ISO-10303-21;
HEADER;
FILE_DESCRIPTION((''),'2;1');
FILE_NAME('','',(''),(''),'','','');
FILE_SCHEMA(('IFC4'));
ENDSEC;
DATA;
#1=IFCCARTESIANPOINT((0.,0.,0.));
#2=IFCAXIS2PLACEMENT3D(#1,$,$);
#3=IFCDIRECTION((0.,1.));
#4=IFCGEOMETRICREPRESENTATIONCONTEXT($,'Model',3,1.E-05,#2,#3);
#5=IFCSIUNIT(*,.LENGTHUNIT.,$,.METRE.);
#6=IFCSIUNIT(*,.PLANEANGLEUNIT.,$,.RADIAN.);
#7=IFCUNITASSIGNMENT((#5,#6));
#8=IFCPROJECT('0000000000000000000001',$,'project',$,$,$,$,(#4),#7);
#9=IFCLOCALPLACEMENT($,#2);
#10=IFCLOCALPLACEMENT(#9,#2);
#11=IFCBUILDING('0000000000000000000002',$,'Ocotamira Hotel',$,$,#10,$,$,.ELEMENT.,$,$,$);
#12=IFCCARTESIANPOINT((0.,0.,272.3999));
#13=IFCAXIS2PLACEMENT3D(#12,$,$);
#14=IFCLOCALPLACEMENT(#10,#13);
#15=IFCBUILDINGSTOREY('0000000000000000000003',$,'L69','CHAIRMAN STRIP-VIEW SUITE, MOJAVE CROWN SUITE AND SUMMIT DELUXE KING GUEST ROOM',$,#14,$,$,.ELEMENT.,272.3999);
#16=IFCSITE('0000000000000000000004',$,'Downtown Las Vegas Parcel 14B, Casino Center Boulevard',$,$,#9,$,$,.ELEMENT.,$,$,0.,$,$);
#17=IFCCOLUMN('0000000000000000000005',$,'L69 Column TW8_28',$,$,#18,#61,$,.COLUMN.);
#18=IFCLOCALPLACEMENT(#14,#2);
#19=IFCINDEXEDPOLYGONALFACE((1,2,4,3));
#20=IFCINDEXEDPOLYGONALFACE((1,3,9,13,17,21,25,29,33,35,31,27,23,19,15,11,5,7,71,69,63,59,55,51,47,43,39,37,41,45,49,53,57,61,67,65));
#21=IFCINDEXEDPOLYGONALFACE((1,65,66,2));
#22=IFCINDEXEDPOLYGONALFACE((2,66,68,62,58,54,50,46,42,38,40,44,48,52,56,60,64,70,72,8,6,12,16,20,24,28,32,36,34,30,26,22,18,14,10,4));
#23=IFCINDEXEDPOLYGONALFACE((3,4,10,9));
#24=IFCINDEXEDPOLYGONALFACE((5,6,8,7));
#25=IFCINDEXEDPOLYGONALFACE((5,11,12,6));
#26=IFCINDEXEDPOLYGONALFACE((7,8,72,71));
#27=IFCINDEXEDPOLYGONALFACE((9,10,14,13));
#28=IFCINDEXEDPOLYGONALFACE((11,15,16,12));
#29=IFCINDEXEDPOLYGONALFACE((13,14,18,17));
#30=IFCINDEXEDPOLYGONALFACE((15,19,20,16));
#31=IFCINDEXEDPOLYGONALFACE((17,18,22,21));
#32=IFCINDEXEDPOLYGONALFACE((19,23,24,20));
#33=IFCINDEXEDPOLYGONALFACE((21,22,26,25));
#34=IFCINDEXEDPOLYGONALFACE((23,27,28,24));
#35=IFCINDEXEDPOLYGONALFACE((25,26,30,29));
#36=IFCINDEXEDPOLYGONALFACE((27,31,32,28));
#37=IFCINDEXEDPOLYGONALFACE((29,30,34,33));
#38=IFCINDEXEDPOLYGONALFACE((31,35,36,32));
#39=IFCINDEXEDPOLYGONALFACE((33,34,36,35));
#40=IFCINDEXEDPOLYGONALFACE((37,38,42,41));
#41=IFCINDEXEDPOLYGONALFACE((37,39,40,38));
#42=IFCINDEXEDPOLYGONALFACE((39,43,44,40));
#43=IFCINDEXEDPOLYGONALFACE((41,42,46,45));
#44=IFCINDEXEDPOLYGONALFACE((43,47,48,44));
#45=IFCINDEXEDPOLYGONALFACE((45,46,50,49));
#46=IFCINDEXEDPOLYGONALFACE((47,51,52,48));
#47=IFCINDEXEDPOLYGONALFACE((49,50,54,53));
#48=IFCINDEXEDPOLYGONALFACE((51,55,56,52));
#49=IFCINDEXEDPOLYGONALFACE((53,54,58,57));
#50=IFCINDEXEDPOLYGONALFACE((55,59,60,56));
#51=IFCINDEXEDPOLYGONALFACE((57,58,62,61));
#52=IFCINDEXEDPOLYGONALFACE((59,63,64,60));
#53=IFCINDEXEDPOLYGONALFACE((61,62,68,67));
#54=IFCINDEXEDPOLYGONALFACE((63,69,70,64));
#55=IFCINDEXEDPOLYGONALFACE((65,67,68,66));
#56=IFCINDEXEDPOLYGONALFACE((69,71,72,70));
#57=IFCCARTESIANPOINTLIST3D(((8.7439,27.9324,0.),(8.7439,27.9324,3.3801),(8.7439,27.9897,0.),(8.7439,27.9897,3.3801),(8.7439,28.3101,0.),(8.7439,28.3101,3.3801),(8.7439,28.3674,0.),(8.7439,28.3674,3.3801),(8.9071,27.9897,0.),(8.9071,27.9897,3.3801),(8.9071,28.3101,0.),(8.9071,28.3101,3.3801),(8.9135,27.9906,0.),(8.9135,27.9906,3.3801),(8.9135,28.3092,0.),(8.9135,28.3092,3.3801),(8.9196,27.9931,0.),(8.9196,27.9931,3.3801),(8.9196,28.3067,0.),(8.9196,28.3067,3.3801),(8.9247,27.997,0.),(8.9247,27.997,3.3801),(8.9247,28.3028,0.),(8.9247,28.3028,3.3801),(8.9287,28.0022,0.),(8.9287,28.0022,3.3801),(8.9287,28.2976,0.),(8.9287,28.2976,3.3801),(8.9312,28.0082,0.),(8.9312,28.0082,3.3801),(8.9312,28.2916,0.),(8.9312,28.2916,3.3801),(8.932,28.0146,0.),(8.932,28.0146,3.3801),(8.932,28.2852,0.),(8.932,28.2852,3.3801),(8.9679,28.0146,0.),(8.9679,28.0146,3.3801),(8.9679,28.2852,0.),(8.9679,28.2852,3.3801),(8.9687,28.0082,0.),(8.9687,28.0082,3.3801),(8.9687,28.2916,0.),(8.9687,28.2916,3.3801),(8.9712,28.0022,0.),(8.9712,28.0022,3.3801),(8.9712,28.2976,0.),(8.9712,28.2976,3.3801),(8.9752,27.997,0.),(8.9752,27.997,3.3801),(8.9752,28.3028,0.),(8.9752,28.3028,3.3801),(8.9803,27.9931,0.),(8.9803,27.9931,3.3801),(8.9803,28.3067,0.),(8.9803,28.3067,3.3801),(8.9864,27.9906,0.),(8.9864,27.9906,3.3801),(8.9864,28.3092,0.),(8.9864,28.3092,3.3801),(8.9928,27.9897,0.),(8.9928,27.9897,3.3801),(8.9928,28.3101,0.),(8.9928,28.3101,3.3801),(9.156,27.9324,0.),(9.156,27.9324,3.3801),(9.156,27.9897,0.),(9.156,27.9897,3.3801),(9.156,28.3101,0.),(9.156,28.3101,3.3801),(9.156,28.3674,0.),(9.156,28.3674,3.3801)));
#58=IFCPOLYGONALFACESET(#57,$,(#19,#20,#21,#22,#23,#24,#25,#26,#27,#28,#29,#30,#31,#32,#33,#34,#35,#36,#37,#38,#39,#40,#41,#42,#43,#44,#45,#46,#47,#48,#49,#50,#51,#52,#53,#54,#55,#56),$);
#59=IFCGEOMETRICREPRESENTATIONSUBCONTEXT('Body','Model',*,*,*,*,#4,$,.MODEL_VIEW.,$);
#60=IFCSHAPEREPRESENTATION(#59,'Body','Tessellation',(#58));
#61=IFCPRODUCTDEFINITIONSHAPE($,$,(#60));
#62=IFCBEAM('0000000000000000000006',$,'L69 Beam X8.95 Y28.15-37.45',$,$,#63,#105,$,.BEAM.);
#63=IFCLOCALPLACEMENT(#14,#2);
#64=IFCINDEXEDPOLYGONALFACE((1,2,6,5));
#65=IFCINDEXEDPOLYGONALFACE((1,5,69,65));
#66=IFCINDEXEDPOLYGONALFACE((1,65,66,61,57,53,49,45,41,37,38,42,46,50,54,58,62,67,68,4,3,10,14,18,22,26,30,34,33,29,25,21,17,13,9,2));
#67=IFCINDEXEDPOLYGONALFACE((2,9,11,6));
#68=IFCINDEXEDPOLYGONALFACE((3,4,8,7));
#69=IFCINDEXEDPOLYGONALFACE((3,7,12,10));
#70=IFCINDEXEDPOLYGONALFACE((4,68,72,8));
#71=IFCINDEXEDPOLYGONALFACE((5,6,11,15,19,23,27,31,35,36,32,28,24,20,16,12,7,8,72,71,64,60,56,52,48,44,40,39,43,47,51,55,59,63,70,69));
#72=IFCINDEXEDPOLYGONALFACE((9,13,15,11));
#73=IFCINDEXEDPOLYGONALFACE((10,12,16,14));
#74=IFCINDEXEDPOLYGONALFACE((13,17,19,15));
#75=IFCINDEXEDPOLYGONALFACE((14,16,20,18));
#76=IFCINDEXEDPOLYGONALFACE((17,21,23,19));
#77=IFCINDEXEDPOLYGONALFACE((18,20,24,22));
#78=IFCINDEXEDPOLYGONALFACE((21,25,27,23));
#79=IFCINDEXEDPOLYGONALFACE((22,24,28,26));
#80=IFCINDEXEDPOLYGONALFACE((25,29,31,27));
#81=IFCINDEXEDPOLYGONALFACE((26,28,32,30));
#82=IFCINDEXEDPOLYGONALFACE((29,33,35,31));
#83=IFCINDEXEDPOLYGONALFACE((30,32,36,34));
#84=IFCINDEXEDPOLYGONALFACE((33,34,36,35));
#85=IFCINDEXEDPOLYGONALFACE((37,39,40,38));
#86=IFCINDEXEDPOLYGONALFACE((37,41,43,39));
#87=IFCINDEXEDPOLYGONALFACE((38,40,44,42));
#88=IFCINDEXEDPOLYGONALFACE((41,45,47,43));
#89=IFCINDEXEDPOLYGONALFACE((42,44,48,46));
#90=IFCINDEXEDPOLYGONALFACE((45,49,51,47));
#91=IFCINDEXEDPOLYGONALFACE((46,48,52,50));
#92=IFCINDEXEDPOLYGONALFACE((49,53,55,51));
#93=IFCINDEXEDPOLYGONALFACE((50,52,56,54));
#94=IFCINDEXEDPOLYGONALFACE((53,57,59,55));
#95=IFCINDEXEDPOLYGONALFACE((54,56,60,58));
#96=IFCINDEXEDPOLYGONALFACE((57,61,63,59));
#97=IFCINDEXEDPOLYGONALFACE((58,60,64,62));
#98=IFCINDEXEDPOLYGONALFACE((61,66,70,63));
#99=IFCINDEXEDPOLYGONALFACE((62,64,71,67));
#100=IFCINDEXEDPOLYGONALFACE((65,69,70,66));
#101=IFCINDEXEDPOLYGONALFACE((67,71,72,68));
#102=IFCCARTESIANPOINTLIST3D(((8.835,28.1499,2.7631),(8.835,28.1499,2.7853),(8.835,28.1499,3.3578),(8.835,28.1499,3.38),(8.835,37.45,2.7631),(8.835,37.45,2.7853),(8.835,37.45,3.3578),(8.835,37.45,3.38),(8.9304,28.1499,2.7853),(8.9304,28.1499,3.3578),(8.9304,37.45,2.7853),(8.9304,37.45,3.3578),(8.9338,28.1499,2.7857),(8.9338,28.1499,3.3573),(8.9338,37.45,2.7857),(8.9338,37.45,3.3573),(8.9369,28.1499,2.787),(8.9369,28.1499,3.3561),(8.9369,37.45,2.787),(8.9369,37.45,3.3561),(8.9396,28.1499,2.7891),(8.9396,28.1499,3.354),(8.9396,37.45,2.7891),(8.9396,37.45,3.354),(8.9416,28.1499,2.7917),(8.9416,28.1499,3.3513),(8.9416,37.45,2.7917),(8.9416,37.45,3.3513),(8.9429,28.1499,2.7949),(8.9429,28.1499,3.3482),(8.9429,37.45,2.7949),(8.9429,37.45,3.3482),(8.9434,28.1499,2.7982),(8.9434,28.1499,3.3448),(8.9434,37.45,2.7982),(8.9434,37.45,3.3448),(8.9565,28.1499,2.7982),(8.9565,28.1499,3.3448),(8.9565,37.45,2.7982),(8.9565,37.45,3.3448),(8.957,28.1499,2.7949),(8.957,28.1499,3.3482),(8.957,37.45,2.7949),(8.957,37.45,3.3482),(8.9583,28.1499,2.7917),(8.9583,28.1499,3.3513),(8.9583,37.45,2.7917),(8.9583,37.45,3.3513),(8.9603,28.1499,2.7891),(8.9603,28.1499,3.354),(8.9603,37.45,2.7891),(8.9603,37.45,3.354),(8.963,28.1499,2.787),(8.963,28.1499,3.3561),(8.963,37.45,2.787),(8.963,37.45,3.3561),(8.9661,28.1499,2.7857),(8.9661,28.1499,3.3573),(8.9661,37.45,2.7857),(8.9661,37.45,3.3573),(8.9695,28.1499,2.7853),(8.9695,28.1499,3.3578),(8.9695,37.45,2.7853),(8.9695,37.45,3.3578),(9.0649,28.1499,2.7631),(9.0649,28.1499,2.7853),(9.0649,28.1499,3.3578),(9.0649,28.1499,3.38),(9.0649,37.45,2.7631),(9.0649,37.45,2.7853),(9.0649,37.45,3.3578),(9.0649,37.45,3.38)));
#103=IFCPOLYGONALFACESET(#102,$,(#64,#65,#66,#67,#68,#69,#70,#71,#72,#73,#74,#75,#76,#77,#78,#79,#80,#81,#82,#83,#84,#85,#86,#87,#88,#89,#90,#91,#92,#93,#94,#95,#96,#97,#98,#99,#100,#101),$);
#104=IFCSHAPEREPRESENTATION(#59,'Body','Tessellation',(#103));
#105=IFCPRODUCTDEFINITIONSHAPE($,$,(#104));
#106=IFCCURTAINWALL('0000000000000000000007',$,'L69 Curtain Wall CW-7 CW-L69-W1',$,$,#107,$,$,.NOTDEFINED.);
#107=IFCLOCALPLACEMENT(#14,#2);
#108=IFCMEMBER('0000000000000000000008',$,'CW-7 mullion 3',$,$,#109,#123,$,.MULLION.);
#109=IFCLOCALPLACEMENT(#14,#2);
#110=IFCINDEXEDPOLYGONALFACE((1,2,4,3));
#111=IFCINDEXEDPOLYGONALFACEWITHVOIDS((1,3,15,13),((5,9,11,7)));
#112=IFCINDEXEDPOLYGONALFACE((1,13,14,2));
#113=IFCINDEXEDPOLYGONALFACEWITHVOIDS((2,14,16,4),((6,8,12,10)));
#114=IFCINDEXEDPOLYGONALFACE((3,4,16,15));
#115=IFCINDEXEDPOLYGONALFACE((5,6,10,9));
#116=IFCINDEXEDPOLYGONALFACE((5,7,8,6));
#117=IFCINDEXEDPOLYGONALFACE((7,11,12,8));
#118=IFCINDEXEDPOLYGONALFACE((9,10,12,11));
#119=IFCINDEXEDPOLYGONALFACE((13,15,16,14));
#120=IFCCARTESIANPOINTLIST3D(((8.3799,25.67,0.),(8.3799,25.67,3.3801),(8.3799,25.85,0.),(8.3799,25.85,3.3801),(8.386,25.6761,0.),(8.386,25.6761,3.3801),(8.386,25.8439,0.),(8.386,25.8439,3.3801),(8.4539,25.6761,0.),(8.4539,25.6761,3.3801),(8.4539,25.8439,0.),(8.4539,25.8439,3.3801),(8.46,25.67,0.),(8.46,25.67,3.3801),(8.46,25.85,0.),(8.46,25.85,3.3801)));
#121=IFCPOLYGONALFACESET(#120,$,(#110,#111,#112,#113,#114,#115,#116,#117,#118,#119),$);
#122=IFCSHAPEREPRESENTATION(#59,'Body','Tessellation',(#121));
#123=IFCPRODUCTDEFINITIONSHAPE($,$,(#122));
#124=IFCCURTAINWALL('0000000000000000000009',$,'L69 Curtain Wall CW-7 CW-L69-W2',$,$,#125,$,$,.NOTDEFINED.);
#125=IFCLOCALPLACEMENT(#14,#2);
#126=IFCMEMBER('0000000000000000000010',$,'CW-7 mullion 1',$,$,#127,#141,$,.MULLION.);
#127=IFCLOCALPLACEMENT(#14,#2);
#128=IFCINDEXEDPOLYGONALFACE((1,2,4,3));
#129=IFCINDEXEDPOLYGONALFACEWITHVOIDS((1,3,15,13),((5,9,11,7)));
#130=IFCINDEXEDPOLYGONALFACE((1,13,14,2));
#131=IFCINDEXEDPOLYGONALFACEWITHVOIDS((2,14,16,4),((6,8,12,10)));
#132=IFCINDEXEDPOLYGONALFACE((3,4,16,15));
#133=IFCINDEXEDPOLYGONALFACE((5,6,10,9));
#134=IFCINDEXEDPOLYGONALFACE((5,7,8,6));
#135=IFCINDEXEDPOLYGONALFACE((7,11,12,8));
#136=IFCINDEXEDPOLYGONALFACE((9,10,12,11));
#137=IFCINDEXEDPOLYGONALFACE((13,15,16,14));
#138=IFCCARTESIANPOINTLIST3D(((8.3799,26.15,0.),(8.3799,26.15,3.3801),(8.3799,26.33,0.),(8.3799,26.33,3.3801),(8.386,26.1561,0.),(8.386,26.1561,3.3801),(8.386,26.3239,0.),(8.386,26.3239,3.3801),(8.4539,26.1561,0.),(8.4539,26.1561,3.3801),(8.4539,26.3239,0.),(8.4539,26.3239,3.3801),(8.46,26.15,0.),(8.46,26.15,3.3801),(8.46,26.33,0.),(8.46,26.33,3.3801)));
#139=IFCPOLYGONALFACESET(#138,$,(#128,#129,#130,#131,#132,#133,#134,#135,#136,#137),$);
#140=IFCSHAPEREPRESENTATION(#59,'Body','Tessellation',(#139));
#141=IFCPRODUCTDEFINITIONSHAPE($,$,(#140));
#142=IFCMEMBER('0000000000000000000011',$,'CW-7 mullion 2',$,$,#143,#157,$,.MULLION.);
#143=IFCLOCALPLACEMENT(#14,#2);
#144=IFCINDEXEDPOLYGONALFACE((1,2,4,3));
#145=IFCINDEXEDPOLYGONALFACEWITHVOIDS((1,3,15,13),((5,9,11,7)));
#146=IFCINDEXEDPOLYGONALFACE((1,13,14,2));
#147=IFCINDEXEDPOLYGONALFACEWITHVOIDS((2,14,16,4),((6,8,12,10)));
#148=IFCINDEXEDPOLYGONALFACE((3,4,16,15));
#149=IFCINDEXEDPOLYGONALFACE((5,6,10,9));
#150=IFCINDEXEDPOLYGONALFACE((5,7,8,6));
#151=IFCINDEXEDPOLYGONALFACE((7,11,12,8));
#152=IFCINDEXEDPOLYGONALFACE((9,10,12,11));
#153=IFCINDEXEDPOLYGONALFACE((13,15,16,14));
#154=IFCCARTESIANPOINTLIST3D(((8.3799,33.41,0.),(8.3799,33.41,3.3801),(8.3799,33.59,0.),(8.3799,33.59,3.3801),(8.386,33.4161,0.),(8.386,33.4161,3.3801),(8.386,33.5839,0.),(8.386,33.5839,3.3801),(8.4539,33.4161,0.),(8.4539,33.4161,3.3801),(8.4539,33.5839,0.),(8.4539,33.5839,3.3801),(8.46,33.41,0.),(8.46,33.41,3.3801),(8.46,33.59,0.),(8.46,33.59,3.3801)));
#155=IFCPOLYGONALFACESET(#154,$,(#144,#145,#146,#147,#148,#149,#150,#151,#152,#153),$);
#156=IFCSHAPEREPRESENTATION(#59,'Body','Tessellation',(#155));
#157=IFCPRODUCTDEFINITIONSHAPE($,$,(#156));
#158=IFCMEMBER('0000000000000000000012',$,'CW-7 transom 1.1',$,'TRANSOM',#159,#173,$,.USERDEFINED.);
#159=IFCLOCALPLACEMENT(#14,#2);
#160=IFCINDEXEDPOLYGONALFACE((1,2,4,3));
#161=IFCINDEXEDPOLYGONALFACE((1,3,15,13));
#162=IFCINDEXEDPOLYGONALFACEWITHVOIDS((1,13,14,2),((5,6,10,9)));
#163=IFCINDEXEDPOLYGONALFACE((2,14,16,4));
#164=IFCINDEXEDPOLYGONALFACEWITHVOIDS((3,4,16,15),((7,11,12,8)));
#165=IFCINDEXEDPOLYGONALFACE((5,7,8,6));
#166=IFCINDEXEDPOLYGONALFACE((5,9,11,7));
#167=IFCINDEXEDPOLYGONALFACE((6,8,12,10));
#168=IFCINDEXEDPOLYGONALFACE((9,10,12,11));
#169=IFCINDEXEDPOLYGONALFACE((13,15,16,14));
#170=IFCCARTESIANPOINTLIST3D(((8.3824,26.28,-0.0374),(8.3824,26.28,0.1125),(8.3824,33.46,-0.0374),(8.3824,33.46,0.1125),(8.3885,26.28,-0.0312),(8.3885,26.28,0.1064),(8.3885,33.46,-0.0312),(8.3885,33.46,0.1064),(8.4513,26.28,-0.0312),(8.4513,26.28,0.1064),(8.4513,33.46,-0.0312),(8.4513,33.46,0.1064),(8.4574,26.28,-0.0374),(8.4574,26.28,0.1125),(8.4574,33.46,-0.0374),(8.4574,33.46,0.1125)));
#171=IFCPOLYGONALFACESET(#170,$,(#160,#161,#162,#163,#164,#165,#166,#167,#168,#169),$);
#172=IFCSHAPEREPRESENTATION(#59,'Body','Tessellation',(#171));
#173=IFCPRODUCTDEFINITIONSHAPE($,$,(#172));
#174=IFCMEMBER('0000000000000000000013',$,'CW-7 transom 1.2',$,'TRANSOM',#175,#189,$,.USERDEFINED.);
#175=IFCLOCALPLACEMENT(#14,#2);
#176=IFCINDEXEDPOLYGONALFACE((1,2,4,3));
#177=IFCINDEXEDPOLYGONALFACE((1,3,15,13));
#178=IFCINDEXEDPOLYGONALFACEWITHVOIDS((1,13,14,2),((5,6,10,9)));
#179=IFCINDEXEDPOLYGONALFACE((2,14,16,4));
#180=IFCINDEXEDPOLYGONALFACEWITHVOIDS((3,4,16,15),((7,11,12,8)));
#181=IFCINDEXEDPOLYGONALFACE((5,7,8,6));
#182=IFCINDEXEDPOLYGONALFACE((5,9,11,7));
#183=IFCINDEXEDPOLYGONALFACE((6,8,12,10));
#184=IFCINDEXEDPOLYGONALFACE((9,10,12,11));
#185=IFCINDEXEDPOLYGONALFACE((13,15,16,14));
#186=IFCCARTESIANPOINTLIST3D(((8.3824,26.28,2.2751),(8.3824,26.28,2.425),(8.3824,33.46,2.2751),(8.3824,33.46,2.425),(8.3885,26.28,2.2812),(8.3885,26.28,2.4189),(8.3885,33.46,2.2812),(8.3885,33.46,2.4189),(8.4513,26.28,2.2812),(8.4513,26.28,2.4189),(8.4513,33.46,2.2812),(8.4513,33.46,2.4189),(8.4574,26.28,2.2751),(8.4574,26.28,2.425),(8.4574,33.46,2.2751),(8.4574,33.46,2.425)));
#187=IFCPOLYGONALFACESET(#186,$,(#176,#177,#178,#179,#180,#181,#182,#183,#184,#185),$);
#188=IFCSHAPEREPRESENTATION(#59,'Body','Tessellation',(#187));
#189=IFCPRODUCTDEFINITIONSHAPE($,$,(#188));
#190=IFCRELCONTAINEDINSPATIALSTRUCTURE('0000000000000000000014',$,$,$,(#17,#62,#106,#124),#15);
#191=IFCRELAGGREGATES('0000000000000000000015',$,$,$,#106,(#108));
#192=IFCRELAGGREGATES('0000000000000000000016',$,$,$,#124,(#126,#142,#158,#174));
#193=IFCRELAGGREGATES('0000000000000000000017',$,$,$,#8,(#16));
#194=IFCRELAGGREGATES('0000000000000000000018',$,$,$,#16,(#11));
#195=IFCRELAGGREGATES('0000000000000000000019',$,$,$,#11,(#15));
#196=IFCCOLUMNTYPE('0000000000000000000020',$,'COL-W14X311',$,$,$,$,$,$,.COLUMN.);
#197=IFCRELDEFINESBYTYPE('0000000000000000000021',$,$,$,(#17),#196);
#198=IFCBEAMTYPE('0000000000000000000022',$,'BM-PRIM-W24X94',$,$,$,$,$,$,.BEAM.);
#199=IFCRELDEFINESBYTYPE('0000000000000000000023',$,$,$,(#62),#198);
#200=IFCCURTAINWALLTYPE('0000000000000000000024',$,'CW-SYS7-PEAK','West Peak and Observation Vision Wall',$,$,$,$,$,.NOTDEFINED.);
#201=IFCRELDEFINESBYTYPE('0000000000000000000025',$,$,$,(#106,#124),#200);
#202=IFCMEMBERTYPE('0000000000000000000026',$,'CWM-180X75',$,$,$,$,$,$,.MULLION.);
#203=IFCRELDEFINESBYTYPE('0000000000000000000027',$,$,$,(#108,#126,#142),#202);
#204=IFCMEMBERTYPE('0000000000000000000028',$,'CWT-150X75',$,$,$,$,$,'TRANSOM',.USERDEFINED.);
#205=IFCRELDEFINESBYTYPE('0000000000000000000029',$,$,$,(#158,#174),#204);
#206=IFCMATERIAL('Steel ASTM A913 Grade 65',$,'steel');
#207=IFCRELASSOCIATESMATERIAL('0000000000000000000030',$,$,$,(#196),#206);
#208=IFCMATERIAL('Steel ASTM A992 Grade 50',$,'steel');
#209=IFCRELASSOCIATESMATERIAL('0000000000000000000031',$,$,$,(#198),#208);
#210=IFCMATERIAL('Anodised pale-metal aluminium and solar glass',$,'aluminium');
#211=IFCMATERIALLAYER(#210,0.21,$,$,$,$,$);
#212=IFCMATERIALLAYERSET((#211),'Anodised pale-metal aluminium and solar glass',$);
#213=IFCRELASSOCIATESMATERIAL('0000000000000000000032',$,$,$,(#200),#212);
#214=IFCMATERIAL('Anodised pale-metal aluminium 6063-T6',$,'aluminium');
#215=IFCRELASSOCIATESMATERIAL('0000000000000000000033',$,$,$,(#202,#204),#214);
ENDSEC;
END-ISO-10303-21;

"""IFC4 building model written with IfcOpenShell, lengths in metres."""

from ifc_helpers import new_model, si_unit, direction, frame, origin, origin_2d, place, context, subcontext, project, spatial, hollow_rectangle, i_section, extrude, source, transform, mapped, material, layer, layer_set, material_profile, profile_set, type_object, element, aggregate, save


model = new_model("IFC4")

# Units and contexts
model_context = context("Model", 3, precision=1e-05, world=origin(), true_north=direction((0.0, 1.0)))
body_context = subcontext(model_context, "Body", "Model", "MODEL_VIEW")
ifc_project = project(units=[si_unit("LENGTHUNIT", "METRE"), si_unit("PLANEANGLEUNIT", "RADIAN")], contexts=[model_context])

# Site, building, storey
site_placement = place(None, origin())
site = spatial("IfcSite", under=ifc_project, at=site_placement, Name="Downtown Las Vegas Parcel 14B, Casino Center Boulevard", CompositionType="ELEMENT", RefElevation=0.0)
building_placement = place(site_placement, origin())
building = spatial("IfcBuilding", under=site, at=building_placement, Name="Ocotamira Hotel", CompositionType="ELEMENT")
storey_placement = place(building_placement, frame((0.0, 0.0, 272.3999)))
storey = spatial("IfcBuildingStorey", under=building, at=storey_placement, Name="L69", Description="CHAIRMAN STRIP-VIEW SUITE, MOJAVE CROWN SUITE AND SUMMIT DELUXE KING GUEST ROOM", CompositionType="ELEMENT", Elevation=272.3999)

# Column
ifc_material_1 = material(Name="Steel ASTM A913 Grade 65", Category="steel")
ifc_material_profile_1 = material_profile(ifc_material_1, i_section(OverallWidth=0.4121, OverallDepth=0.4351, WebThickness=0.0359, FlangeThickness=0.0574, FilletRadius=0.0249, at=origin_2d()), Name="W14X311")
ifc_profile_set_1 = profile_set([ifc_material_profile_1], Name="Steel ASTM A913 Grade 65")
column_type = type_object("IfcColumnType", Name="COL-W14X311", PredefinedType="COLUMN", material=ifc_profile_set_1)
shared_shape_1 = source(origin(), body_context, "Body", "SweptSolid", [
    extrude(i_section(OverallWidth=0.4121, OverallDepth=0.4351, WebThickness=0.0359, FlangeThickness=0.0574, FilletRadius=0.0249, at=origin_2d()), origin(), (0.0, 0.0, 1.0), 3.3801),
])
column_placement = place(storey_placement, frame((8.95, 28.1499, 0.0), z_axis=(0.0, 0.0, 1.0), x_axis=(1.0, 0.0, 0.0)))
element("IfcColumn", 1, at=column_placement, inside=storey, type_object=column_type, Name="L69 Column TW8_28", PredefinedType="COLUMN", context=body_context, shape_type="MappedRepresentation", body=[
    mapped(shared_shape_1, transform((0.0, 0.0, 0.0), scale=1.0)),
])

# Beam
ifc_material_2 = material(Name="Steel ASTM A992 Grade 50", Category="steel")
ifc_material_profile_2 = material_profile(ifc_material_2, i_section(OverallWidth=0.23, OverallDepth=0.6169, WebThickness=0.0132, FlangeThickness=0.0222, FilletRadius=0.0129, at=origin_2d()), Name="W24X94")
ifc_profile_set_2 = profile_set([ifc_material_profile_2], Name="Steel ASTM A992 Grade 50")
beam_type = type_object("IfcBeamType", Name="BM-PRIM-W24X94", PredefinedType="BEAM", material=ifc_profile_set_2)
shared_shape_2 = source(origin(), body_context, "Body", "SweptSolid", [
    extrude(i_section(OverallWidth=0.23, OverallDepth=0.6169, WebThickness=0.0132, FlangeThickness=0.0222, FilletRadius=0.0129, at=origin_2d()), origin(), (0.0, 0.0, 1.0), 9.3),
])
beam_placement = place(storey_placement, frame((8.95, 28.1499, 3.0715), z_axis=(0.0, 1.0, 0.0), x_axis=(-1.0, 0.0, 0.0)))
element("IfcBeam", 2, at=beam_placement, inside=storey, type_object=beam_type, Name="L69 Beam X8.95 Y28.15-37.45", PredefinedType="BEAM", context=body_context, shape_type="MappedRepresentation", body=[
    mapped(shared_shape_2, transform((0.0, 0.0, 0.0), scale=1.0)),
])

# Curtain wall, member
ifc_material_3 = material(Name="Anodised pale-metal aluminium and solar glass", Category="aluminium")
ifc_layer_1 = layer(ifc_material_3, 0.21)
ifc_layer_set_1 = layer_set([ifc_layer_1], Name="Anodised pale-metal aluminium and solar glass")
curtain_wall_type = type_object("IfcCurtainWallType", Name="CW-SYS7-PEAK", Description="West Peak and Observation Vision Wall", PredefinedType="NOTDEFINED", material=ifc_layer_set_1)
curtain_wall_1_placement = place(storey_placement, origin())
curtain_wall_1 = element("IfcCurtainWall", 3, at=curtain_wall_1_placement, inside=storey, type_object=curtain_wall_type, Name="L69 Curtain Wall CW-7 CW-L69-W1", PredefinedType="NOTDEFINED")
ifc_material_4 = material(Name="Anodised pale-metal aluminium 6063-T6", Category="aluminium")
ifc_material_profile_3 = material_profile(ifc_material_4, hollow_rectangle(XDim=0.0801, YDim=0.1799, WallThickness=0.0061, at=origin_2d()), Name="HSS180X80X6")
ifc_profile_set_3 = profile_set([ifc_material_profile_3], Name="Anodised pale-metal aluminium 6063-T6")
member_type_1 = type_object("IfcMemberType", Name="CWM-180X75", PredefinedType="MULLION", material=ifc_profile_set_3)
shared_shape_3 = source(origin(), body_context, "Body", "SweptSolid", [
    extrude(hollow_rectangle(XDim=0.0801, YDim=0.1799, WallThickness=0.0061, at=origin_2d()), origin(), (0.0, 0.0, 1.0), 3.3801),
])
member_1_placement = place(storey_placement, frame((8.4199, 25.76, 0.0), z_axis=(0.0, 0.0, 1.0), x_axis=(-1.0, 0.0, 0.0)))
member_1 = element("IfcMember", 4, at=member_1_placement, type_object=member_type_1, Name="CW-7 mullion 3", PredefinedType="MULLION", context=body_context, shape_type="MappedRepresentation", body=[
    mapped(shared_shape_3, transform((0.0, 0.0, 0.0), scale=1.0)),
])
aggregate(curtain_wall_1, [member_1])

# Curtain wall, members
curtain_wall_2_placement = place(storey_placement, origin())
curtain_wall_2 = element("IfcCurtainWall", 5, at=curtain_wall_2_placement, inside=storey, type_object=curtain_wall_type, Name="L69 Curtain Wall CW-7 CW-L69-W2", PredefinedType="NOTDEFINED")
member_2_placement = place(storey_placement, frame((8.4199, 26.24, 0.0), z_axis=(0.0, 0.0, 1.0), x_axis=(-1.0, 0.0, 0.0)))
member_2 = element("IfcMember", 6, at=member_2_placement, type_object=member_type_1, Name="CW-7 mullion 1", PredefinedType="MULLION", context=body_context, shape_type="MappedRepresentation", body=[
    mapped(shared_shape_3, transform((0.0, 0.0, 0.0), scale=1.0)),
])
member_3_placement = place(storey_placement, frame((8.4199, 33.5, 0.0), z_axis=(0.0, 0.0, 1.0), x_axis=(-1.0, 0.0, 0.0)))
member_3 = element("IfcMember", 7, at=member_3_placement, type_object=member_type_1, Name="CW-7 mullion 2", PredefinedType="MULLION", context=body_context, shape_type="MappedRepresentation", body=[
    mapped(shared_shape_3, transform((0.0, 0.0, 0.0), scale=1.0)),
])
ifc_material_profile_4 = material_profile(ifc_material_4, hollow_rectangle(XDim=0.075, YDim=0.1499, WallThickness=0.0061, at=origin_2d()), Name="HSS150X75X6")
ifc_profile_set_4 = profile_set([ifc_material_profile_4], Name="Anodised pale-metal aluminium 6063-T6")
member_type_2 = type_object("IfcMemberType", Name="CWT-150X75", ElementType="TRANSOM", PredefinedType="USERDEFINED", material=ifc_profile_set_4)
shared_shape_4 = source(origin(), body_context, "Body", "SweptSolid", [
    extrude(hollow_rectangle(XDim=0.075, YDim=0.1499, WallThickness=0.0061, at=origin_2d()), origin(), (0.0, 0.0, 1.0), 7.1799),
])
member_4_placement = place(storey_placement, frame((8.4199, 26.28, 0.0376), z_axis=(0.0, 1.0, 0.0), x_axis=(-1.0, 0.0, 0.0)))
member_4 = element("IfcMember", 8, at=member_4_placement, type_object=member_type_2, Name="CW-7 transom 1.1", ObjectType="TRANSOM", PredefinedType="USERDEFINED", context=body_context, shape_type="MappedRepresentation", body=[
    mapped(shared_shape_4, transform((0.0, 0.0, 0.0), scale=1.0)),
])
member_5_placement = place(storey_placement, frame((8.4199, 26.28, 2.3501), z_axis=(0.0, 1.0, 0.0), x_axis=(-1.0, 0.0, 0.0)))
member_5 = element("IfcMember", 9, at=member_5_placement, type_object=member_type_2, Name="CW-7 transom 1.2", ObjectType="TRANSOM", PredefinedType="USERDEFINED", context=body_context, shape_type="MappedRepresentation", body=[
    mapped(shared_shape_4, transform((0.0, 0.0, 0.0), scale=1.0)),
])
aggregate(curtain_wall_2, [member_2, member_3, member_4, member_5])

save(model, "model.ifc")
